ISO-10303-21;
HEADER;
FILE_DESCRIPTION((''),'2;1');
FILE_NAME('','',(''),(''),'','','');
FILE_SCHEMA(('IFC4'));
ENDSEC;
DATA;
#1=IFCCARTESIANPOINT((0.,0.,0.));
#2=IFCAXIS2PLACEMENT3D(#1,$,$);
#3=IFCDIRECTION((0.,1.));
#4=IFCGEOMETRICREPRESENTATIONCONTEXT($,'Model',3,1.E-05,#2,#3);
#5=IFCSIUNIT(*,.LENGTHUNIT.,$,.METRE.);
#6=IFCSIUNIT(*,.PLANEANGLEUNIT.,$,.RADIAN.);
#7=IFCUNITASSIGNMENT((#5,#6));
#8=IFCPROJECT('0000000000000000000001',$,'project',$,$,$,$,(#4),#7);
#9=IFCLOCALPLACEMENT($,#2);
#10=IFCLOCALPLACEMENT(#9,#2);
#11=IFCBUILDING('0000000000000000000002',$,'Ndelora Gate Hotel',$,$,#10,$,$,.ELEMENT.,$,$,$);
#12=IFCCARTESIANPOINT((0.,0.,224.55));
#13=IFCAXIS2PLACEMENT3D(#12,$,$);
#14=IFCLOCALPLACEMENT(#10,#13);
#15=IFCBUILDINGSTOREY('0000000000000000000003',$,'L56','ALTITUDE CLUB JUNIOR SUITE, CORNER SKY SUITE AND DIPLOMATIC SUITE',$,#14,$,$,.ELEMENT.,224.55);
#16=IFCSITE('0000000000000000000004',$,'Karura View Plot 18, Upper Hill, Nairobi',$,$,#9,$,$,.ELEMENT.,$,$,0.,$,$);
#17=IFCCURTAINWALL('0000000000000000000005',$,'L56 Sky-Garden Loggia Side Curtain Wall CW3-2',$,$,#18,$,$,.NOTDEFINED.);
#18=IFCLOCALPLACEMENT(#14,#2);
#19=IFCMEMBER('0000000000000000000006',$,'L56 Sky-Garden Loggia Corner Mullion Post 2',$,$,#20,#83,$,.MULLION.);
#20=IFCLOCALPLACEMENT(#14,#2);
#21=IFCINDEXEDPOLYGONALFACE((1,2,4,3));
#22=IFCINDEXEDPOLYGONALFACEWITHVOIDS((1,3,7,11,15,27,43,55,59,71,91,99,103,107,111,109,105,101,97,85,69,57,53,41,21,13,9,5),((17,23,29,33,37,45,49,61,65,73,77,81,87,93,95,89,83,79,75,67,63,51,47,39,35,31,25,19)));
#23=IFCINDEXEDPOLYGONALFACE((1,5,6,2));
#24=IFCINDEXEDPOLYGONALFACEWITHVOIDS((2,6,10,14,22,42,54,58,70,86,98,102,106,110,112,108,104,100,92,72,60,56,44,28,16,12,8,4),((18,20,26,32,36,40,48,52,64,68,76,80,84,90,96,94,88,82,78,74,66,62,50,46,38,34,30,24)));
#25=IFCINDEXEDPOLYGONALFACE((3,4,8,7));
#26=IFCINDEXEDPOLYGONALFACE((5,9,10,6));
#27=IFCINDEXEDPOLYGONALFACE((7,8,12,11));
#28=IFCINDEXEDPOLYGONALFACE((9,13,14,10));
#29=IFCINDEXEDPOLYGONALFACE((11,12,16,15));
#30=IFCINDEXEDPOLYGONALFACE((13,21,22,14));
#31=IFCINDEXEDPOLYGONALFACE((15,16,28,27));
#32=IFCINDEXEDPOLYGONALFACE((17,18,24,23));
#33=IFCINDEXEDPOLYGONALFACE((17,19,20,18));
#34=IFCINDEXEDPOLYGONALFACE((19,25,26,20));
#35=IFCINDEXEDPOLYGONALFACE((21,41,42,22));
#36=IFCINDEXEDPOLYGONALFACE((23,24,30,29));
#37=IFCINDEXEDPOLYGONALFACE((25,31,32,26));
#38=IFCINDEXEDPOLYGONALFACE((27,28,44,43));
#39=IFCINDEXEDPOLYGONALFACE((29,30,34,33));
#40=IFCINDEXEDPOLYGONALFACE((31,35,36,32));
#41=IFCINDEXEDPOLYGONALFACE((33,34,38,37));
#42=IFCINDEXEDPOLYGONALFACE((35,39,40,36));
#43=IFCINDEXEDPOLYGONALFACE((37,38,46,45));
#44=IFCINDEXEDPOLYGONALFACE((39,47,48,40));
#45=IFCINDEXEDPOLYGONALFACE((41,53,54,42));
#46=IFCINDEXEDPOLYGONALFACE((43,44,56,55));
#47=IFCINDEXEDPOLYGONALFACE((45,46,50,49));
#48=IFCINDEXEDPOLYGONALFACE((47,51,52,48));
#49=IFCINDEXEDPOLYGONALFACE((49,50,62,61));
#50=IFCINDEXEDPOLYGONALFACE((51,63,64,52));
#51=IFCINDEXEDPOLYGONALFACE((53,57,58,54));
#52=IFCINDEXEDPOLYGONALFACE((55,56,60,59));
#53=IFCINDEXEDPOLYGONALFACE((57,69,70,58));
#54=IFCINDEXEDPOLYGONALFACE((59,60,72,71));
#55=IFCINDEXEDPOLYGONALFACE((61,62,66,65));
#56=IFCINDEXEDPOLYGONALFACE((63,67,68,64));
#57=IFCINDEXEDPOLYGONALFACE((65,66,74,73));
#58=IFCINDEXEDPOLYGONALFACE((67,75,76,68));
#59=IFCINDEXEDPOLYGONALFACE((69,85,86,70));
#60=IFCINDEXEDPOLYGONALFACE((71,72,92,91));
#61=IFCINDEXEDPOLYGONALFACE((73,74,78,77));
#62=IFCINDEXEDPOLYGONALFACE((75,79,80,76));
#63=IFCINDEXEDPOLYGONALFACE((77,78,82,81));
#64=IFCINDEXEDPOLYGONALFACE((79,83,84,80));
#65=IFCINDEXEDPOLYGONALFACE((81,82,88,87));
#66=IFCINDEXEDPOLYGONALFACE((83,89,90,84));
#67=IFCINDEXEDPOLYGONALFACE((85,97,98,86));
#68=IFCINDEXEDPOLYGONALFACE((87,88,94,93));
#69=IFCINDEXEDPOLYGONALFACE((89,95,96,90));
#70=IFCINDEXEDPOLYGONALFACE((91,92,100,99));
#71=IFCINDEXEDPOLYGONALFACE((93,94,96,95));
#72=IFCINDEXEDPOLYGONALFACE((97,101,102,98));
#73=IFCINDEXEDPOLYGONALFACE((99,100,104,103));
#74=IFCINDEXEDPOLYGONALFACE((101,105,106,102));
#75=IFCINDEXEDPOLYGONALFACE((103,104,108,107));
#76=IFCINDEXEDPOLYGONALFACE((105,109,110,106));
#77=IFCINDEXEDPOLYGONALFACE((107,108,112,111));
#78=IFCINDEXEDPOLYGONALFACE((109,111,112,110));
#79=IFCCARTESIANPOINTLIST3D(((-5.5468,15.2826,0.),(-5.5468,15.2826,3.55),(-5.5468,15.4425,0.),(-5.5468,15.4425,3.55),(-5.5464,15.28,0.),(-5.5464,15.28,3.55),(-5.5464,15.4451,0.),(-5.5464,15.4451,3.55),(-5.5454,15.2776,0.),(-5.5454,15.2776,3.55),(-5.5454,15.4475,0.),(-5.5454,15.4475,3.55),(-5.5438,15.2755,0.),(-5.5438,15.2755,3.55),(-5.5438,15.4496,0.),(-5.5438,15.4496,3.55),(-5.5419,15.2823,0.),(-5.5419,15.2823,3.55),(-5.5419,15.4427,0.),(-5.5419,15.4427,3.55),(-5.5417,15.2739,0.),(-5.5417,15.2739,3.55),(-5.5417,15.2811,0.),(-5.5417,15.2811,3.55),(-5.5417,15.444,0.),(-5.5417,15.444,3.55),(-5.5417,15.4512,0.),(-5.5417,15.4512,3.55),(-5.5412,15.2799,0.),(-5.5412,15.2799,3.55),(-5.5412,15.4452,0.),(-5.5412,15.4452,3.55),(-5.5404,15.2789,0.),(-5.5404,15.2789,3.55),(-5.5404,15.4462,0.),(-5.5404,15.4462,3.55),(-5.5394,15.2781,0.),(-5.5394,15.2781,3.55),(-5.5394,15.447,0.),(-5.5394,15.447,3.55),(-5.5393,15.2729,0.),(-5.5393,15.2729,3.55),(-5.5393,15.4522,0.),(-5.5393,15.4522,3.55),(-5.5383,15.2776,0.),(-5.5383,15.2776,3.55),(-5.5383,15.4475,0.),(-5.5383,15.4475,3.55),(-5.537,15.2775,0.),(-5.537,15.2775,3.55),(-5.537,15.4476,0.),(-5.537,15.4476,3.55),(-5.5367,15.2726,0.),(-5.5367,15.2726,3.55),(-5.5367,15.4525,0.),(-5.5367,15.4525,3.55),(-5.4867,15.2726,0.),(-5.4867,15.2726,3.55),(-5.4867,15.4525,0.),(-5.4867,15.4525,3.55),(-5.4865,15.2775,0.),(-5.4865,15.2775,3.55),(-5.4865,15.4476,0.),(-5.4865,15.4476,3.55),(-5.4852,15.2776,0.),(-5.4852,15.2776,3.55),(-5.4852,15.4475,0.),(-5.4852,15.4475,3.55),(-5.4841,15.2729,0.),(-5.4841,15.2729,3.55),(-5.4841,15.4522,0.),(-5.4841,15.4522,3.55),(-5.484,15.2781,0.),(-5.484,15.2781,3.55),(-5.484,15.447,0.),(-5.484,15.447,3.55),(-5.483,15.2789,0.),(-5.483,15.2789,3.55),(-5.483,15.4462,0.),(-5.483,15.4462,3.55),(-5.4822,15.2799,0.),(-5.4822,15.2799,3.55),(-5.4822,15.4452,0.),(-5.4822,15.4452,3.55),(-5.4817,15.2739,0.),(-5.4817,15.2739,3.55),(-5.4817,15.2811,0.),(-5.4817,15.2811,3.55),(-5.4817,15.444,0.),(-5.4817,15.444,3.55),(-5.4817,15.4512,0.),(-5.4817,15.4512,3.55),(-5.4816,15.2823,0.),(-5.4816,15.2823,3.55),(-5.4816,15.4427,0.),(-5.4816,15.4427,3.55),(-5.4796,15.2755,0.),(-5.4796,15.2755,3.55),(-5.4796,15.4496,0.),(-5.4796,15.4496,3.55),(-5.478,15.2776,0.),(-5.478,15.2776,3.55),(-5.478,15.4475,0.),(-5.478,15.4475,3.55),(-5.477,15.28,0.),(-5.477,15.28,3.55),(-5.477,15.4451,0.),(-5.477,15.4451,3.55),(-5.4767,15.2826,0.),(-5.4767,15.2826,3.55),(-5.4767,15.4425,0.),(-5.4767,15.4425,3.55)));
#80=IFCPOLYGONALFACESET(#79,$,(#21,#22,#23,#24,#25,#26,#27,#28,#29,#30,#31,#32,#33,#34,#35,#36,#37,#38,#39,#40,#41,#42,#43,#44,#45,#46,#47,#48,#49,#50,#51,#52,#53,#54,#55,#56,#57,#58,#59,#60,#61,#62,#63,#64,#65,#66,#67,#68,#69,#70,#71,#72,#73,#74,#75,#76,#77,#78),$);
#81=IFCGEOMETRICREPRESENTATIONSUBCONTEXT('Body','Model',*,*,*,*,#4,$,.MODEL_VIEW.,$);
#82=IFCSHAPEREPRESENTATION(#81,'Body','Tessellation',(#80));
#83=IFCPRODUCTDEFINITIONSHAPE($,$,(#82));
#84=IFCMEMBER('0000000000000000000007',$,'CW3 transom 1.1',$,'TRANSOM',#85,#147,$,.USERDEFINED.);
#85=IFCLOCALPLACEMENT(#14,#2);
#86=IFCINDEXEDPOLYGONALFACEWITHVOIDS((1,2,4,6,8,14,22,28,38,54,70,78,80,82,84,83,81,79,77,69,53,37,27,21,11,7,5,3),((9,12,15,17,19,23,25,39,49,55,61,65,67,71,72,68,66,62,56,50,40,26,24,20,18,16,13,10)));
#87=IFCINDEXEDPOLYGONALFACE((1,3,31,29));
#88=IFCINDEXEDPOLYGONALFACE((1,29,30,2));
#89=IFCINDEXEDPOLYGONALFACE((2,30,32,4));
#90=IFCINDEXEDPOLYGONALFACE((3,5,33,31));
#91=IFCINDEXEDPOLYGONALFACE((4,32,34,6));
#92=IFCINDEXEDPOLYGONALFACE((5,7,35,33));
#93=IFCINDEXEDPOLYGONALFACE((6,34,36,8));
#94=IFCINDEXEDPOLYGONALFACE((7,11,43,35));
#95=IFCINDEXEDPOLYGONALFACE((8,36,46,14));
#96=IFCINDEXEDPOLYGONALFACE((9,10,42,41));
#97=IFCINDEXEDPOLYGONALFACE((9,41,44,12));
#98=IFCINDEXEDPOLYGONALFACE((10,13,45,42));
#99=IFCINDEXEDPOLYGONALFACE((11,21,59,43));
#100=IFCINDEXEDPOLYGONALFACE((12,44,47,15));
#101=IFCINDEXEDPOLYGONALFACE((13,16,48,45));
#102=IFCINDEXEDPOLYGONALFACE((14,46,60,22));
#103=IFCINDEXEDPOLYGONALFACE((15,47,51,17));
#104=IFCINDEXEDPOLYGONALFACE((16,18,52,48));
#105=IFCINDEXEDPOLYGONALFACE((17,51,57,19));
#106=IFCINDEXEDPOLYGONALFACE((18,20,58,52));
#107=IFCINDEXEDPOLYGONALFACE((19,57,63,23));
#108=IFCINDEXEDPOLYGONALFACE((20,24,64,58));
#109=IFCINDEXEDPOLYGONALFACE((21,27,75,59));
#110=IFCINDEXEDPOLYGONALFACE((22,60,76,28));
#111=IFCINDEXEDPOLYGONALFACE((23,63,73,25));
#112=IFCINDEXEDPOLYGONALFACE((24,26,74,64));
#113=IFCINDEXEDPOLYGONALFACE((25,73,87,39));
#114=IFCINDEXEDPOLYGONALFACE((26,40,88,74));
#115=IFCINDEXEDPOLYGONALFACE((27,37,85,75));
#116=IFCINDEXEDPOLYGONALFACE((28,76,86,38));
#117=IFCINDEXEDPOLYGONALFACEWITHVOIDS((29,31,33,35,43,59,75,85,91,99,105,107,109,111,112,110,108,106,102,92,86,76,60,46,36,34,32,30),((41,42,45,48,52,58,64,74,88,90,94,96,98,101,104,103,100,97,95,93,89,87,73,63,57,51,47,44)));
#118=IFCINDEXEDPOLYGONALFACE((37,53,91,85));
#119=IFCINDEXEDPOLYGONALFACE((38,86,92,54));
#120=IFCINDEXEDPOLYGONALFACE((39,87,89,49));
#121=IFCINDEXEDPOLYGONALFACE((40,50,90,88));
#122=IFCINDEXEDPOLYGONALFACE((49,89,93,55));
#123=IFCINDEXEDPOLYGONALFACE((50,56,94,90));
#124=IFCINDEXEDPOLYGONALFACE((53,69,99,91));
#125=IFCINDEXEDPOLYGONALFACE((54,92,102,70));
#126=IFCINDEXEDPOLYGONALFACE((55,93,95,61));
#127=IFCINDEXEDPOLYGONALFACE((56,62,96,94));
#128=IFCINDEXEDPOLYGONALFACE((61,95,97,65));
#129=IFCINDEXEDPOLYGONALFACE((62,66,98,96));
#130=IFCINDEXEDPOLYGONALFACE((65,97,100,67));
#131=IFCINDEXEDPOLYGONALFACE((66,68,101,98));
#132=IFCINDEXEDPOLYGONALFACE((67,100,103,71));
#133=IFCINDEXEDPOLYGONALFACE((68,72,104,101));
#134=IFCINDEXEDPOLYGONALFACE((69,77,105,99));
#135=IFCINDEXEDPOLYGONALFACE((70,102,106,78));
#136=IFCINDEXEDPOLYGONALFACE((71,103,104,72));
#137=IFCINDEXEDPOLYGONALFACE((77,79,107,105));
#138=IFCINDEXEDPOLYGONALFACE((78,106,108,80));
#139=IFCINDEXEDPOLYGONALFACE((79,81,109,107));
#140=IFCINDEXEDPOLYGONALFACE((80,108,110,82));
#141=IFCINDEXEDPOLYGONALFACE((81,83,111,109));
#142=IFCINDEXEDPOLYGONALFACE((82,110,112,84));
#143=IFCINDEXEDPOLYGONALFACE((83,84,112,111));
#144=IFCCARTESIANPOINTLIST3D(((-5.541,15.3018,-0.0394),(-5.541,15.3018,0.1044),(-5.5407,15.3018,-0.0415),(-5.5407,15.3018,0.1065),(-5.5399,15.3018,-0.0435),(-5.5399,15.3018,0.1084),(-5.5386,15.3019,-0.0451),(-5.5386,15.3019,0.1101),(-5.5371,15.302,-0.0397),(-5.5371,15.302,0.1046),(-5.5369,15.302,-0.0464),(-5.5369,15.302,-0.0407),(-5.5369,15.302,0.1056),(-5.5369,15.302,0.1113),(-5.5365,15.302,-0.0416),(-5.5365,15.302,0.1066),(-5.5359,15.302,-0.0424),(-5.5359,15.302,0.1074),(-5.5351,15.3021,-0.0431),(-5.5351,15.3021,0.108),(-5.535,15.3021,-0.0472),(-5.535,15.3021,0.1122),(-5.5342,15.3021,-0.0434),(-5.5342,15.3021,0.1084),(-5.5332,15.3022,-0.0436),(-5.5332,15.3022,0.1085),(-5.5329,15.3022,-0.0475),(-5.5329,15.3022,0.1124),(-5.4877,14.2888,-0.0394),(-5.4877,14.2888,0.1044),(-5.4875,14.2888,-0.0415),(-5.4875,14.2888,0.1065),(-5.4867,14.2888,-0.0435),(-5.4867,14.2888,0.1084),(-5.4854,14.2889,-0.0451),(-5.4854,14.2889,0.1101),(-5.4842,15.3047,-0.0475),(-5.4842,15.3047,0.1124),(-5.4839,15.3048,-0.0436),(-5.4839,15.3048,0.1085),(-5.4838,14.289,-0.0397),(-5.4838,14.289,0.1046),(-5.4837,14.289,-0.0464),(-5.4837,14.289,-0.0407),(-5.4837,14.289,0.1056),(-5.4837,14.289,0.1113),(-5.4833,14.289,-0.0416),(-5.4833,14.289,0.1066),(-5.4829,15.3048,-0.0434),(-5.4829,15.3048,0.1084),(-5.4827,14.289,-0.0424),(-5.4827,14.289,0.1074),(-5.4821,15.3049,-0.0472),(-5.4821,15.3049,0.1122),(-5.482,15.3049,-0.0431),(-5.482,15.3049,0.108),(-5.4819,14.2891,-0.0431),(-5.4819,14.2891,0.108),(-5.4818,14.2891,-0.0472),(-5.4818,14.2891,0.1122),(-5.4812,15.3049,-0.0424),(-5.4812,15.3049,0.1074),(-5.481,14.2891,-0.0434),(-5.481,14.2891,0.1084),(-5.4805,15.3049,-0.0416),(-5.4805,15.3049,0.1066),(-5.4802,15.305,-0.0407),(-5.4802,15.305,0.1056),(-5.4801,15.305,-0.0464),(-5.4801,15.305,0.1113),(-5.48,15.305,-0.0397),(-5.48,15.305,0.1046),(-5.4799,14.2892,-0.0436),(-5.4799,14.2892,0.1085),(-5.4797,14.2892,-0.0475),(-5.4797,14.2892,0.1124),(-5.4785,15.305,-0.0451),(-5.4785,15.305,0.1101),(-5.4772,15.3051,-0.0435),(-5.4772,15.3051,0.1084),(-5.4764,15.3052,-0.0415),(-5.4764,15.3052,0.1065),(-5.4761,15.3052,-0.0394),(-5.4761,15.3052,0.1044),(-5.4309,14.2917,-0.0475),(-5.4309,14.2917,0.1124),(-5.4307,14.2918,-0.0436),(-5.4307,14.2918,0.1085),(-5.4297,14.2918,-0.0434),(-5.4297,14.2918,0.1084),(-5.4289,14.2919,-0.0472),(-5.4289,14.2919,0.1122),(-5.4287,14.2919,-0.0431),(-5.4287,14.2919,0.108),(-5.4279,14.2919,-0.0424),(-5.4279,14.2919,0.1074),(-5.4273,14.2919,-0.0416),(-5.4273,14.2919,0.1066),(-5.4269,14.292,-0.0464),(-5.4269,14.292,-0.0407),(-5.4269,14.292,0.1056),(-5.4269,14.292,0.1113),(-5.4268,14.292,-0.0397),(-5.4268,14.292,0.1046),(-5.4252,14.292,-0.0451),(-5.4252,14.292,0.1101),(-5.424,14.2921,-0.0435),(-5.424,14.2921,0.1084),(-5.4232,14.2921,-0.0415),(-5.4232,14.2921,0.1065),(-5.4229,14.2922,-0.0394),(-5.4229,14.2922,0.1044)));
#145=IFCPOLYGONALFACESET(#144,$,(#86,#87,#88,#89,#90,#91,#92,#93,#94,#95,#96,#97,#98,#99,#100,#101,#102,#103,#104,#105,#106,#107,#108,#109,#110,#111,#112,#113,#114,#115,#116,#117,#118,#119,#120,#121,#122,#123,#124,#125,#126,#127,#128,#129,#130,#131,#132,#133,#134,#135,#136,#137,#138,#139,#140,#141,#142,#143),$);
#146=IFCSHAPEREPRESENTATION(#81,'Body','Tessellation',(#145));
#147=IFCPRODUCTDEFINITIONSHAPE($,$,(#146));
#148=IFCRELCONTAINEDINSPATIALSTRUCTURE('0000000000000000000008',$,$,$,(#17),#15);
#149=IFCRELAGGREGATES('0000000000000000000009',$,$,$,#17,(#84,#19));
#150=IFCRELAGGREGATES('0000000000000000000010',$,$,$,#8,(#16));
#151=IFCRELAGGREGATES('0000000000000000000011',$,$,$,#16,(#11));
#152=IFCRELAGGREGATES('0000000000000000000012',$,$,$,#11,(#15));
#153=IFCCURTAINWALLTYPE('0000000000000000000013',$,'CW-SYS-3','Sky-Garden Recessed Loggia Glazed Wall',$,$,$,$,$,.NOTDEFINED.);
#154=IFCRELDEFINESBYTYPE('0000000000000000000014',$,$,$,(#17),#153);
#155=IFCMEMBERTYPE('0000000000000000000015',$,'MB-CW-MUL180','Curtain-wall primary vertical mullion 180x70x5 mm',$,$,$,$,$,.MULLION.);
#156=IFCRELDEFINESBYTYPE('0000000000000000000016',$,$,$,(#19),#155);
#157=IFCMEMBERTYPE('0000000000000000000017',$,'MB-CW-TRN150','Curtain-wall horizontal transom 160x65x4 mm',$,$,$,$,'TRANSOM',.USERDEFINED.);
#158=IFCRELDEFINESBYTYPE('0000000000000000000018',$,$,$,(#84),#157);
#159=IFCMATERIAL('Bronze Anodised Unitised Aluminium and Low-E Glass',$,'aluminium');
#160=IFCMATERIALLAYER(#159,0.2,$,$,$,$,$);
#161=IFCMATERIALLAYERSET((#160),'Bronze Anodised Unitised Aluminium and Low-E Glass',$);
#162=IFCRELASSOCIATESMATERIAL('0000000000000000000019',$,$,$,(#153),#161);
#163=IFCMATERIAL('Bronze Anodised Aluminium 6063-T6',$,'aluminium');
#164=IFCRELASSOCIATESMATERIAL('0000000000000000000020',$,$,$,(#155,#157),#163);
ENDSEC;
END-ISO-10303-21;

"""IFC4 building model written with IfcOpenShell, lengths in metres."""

from ifc_helpers import new_model, si_unit, direction, frame, origin, origin_2d, place, context, subcontext, project, spatial, hollow_rectangle, extrude, material, layer, layer_set, material_profile, profile_set, type_object, element, aggregate, save


model = new_model("IFC4")

# Units and contexts
model_context = context("Model", 3, precision=1e-05, world=origin(), true_north=direction((0.0, 1.0)))
body_context = subcontext(model_context, "Body", "Model", "MODEL_VIEW")
ifc_project = project(units=[si_unit("LENGTHUNIT", "METRE"), si_unit("PLANEANGLEUNIT", "RADIAN")], contexts=[model_context])

# Site, building, storey
site_placement = place(None, origin())
site = spatial("IfcSite", under=ifc_project, at=site_placement, Name="Karura View Plot 18, Upper Hill, Nairobi", CompositionType="ELEMENT", RefElevation=0.0)
building_placement = place(site_placement, origin())
building = spatial("IfcBuilding", under=site, at=building_placement, Name="Ndelora Gate Hotel", CompositionType="ELEMENT")
storey_placement = place(building_placement, frame((0.0, 0.0, 224.55)))
storey = spatial("IfcBuildingStorey", under=building, at=storey_placement, Name="L56", Description="ALTITUDE CLUB JUNIOR SUITE, CORNER SKY SUITE AND DIPLOMATIC SUITE", CompositionType="ELEMENT", Elevation=224.55)

# Curtain wall, members
ifc_material_1 = material(Name="Bronze Anodised Unitised Aluminium and Low-E Glass", Category="aluminium")
ifc_layer_1 = layer(ifc_material_1, 0.2)
ifc_layer_set_1 = layer_set([ifc_layer_1], Name="Bronze Anodised Unitised Aluminium and Low-E Glass")
curtain_wall_type = type_object("IfcCurtainWallType", Name="CW-SYS-3", Description="Sky-Garden Recessed Loggia Glazed Wall", PredefinedType="NOTDEFINED", material=ifc_layer_set_1)
curtain_wall_placement = place(storey_placement, origin())
curtain_wall = element("IfcCurtainWall", 1, at=curtain_wall_placement, inside=storey, type_object=curtain_wall_type, Name="L56 Sky-Garden Loggia Side Curtain Wall CW3-2", PredefinedType="NOTDEFINED")
ifc_material_2 = material(Name="Bronze Anodised Aluminium 6063-T6", Category="aluminium")
ifc_material_profile_1 = material_profile(ifc_material_2, hollow_rectangle(XDim=0.0701, YDim=0.1799, WallThickness=0.0049, InnerFilletRadius=0.0049, OuterFilletRadius=0.01, at=origin_2d()), Name="ALU 180x70x5")
ifc_profile_set_1 = profile_set([ifc_material_profile_1], Name="Bronze Anodised Aluminium 6063-T6")
member_type_1 = type_object("IfcMemberType", Name="MB-CW-MUL180", Description="Curtain-wall primary vertical mullion 180x70x5 mm", PredefinedType="MULLION", material=ifc_profile_set_1)
member_1_placement = place(storey_placement, frame((-5.5117, 15.3625, 0.0), z_axis=(0.0, 0.0, 1.0), x_axis=(1.0, 0.0, 0.0)))
member_1 = element("IfcMember", 2, at=member_1_placement, type_object=member_type_1, Name="L56 Sky-Garden Loggia Corner Mullion Post 2", PredefinedType="MULLION", context=body_context, shape_type="SweptSolid", body=[
    extrude(hollow_rectangle(XDim=0.0701, YDim=0.1799, WallThickness=0.0049, InnerFilletRadius=0.0049, OuterFilletRadius=0.01, at=origin_2d()), origin(), (0.0, 0.0, 1.0), 3.55),
])
ifc_material_profile_2 = material_profile(ifc_material_2, hollow_rectangle(XDim=0.0649, YDim=0.1599, WallThickness=0.0039, InnerFilletRadius=0.0039, OuterFilletRadius=0.0081, at=origin_2d()), Name="ALU 160x65x4")
ifc_profile_set_2 = profile_set([ifc_material_profile_2], Name="Bronze Anodised Aluminium 6063-T6")
member_type_2 = type_object("IfcMemberType", Name="MB-CW-TRN150", Description="Curtain-wall horizontal transom 160x65x4 mm", ElementType="TRANSOM", PredefinedType="USERDEFINED", material=ifc_profile_set_2)
member_2_placement = place(storey_placement, frame((-5.5085, 15.3035, 0.0325), z_axis=(0.05247, -0.998622, 0.0), x_axis=(0.998622, 0.05247, 0.0)))
member_2 = element("IfcMember", 3, at=member_2_placement, type_object=member_type_2, Name="CW3 transom 1.1", ObjectType="TRANSOM", PredefinedType="USERDEFINED", context=body_context, shape_type="SweptSolid", body=[
    extrude(hollow_rectangle(XDim=0.0649, YDim=0.1599, WallThickness=0.0039, InnerFilletRadius=0.0039, OuterFilletRadius=0.0081, at=origin_2d()), origin(), (0.0, 0.0, 1.0), 1.0144),
])
aggregate(curtain_wall, [member_2, member_1])

save(model, "model.ifc")
